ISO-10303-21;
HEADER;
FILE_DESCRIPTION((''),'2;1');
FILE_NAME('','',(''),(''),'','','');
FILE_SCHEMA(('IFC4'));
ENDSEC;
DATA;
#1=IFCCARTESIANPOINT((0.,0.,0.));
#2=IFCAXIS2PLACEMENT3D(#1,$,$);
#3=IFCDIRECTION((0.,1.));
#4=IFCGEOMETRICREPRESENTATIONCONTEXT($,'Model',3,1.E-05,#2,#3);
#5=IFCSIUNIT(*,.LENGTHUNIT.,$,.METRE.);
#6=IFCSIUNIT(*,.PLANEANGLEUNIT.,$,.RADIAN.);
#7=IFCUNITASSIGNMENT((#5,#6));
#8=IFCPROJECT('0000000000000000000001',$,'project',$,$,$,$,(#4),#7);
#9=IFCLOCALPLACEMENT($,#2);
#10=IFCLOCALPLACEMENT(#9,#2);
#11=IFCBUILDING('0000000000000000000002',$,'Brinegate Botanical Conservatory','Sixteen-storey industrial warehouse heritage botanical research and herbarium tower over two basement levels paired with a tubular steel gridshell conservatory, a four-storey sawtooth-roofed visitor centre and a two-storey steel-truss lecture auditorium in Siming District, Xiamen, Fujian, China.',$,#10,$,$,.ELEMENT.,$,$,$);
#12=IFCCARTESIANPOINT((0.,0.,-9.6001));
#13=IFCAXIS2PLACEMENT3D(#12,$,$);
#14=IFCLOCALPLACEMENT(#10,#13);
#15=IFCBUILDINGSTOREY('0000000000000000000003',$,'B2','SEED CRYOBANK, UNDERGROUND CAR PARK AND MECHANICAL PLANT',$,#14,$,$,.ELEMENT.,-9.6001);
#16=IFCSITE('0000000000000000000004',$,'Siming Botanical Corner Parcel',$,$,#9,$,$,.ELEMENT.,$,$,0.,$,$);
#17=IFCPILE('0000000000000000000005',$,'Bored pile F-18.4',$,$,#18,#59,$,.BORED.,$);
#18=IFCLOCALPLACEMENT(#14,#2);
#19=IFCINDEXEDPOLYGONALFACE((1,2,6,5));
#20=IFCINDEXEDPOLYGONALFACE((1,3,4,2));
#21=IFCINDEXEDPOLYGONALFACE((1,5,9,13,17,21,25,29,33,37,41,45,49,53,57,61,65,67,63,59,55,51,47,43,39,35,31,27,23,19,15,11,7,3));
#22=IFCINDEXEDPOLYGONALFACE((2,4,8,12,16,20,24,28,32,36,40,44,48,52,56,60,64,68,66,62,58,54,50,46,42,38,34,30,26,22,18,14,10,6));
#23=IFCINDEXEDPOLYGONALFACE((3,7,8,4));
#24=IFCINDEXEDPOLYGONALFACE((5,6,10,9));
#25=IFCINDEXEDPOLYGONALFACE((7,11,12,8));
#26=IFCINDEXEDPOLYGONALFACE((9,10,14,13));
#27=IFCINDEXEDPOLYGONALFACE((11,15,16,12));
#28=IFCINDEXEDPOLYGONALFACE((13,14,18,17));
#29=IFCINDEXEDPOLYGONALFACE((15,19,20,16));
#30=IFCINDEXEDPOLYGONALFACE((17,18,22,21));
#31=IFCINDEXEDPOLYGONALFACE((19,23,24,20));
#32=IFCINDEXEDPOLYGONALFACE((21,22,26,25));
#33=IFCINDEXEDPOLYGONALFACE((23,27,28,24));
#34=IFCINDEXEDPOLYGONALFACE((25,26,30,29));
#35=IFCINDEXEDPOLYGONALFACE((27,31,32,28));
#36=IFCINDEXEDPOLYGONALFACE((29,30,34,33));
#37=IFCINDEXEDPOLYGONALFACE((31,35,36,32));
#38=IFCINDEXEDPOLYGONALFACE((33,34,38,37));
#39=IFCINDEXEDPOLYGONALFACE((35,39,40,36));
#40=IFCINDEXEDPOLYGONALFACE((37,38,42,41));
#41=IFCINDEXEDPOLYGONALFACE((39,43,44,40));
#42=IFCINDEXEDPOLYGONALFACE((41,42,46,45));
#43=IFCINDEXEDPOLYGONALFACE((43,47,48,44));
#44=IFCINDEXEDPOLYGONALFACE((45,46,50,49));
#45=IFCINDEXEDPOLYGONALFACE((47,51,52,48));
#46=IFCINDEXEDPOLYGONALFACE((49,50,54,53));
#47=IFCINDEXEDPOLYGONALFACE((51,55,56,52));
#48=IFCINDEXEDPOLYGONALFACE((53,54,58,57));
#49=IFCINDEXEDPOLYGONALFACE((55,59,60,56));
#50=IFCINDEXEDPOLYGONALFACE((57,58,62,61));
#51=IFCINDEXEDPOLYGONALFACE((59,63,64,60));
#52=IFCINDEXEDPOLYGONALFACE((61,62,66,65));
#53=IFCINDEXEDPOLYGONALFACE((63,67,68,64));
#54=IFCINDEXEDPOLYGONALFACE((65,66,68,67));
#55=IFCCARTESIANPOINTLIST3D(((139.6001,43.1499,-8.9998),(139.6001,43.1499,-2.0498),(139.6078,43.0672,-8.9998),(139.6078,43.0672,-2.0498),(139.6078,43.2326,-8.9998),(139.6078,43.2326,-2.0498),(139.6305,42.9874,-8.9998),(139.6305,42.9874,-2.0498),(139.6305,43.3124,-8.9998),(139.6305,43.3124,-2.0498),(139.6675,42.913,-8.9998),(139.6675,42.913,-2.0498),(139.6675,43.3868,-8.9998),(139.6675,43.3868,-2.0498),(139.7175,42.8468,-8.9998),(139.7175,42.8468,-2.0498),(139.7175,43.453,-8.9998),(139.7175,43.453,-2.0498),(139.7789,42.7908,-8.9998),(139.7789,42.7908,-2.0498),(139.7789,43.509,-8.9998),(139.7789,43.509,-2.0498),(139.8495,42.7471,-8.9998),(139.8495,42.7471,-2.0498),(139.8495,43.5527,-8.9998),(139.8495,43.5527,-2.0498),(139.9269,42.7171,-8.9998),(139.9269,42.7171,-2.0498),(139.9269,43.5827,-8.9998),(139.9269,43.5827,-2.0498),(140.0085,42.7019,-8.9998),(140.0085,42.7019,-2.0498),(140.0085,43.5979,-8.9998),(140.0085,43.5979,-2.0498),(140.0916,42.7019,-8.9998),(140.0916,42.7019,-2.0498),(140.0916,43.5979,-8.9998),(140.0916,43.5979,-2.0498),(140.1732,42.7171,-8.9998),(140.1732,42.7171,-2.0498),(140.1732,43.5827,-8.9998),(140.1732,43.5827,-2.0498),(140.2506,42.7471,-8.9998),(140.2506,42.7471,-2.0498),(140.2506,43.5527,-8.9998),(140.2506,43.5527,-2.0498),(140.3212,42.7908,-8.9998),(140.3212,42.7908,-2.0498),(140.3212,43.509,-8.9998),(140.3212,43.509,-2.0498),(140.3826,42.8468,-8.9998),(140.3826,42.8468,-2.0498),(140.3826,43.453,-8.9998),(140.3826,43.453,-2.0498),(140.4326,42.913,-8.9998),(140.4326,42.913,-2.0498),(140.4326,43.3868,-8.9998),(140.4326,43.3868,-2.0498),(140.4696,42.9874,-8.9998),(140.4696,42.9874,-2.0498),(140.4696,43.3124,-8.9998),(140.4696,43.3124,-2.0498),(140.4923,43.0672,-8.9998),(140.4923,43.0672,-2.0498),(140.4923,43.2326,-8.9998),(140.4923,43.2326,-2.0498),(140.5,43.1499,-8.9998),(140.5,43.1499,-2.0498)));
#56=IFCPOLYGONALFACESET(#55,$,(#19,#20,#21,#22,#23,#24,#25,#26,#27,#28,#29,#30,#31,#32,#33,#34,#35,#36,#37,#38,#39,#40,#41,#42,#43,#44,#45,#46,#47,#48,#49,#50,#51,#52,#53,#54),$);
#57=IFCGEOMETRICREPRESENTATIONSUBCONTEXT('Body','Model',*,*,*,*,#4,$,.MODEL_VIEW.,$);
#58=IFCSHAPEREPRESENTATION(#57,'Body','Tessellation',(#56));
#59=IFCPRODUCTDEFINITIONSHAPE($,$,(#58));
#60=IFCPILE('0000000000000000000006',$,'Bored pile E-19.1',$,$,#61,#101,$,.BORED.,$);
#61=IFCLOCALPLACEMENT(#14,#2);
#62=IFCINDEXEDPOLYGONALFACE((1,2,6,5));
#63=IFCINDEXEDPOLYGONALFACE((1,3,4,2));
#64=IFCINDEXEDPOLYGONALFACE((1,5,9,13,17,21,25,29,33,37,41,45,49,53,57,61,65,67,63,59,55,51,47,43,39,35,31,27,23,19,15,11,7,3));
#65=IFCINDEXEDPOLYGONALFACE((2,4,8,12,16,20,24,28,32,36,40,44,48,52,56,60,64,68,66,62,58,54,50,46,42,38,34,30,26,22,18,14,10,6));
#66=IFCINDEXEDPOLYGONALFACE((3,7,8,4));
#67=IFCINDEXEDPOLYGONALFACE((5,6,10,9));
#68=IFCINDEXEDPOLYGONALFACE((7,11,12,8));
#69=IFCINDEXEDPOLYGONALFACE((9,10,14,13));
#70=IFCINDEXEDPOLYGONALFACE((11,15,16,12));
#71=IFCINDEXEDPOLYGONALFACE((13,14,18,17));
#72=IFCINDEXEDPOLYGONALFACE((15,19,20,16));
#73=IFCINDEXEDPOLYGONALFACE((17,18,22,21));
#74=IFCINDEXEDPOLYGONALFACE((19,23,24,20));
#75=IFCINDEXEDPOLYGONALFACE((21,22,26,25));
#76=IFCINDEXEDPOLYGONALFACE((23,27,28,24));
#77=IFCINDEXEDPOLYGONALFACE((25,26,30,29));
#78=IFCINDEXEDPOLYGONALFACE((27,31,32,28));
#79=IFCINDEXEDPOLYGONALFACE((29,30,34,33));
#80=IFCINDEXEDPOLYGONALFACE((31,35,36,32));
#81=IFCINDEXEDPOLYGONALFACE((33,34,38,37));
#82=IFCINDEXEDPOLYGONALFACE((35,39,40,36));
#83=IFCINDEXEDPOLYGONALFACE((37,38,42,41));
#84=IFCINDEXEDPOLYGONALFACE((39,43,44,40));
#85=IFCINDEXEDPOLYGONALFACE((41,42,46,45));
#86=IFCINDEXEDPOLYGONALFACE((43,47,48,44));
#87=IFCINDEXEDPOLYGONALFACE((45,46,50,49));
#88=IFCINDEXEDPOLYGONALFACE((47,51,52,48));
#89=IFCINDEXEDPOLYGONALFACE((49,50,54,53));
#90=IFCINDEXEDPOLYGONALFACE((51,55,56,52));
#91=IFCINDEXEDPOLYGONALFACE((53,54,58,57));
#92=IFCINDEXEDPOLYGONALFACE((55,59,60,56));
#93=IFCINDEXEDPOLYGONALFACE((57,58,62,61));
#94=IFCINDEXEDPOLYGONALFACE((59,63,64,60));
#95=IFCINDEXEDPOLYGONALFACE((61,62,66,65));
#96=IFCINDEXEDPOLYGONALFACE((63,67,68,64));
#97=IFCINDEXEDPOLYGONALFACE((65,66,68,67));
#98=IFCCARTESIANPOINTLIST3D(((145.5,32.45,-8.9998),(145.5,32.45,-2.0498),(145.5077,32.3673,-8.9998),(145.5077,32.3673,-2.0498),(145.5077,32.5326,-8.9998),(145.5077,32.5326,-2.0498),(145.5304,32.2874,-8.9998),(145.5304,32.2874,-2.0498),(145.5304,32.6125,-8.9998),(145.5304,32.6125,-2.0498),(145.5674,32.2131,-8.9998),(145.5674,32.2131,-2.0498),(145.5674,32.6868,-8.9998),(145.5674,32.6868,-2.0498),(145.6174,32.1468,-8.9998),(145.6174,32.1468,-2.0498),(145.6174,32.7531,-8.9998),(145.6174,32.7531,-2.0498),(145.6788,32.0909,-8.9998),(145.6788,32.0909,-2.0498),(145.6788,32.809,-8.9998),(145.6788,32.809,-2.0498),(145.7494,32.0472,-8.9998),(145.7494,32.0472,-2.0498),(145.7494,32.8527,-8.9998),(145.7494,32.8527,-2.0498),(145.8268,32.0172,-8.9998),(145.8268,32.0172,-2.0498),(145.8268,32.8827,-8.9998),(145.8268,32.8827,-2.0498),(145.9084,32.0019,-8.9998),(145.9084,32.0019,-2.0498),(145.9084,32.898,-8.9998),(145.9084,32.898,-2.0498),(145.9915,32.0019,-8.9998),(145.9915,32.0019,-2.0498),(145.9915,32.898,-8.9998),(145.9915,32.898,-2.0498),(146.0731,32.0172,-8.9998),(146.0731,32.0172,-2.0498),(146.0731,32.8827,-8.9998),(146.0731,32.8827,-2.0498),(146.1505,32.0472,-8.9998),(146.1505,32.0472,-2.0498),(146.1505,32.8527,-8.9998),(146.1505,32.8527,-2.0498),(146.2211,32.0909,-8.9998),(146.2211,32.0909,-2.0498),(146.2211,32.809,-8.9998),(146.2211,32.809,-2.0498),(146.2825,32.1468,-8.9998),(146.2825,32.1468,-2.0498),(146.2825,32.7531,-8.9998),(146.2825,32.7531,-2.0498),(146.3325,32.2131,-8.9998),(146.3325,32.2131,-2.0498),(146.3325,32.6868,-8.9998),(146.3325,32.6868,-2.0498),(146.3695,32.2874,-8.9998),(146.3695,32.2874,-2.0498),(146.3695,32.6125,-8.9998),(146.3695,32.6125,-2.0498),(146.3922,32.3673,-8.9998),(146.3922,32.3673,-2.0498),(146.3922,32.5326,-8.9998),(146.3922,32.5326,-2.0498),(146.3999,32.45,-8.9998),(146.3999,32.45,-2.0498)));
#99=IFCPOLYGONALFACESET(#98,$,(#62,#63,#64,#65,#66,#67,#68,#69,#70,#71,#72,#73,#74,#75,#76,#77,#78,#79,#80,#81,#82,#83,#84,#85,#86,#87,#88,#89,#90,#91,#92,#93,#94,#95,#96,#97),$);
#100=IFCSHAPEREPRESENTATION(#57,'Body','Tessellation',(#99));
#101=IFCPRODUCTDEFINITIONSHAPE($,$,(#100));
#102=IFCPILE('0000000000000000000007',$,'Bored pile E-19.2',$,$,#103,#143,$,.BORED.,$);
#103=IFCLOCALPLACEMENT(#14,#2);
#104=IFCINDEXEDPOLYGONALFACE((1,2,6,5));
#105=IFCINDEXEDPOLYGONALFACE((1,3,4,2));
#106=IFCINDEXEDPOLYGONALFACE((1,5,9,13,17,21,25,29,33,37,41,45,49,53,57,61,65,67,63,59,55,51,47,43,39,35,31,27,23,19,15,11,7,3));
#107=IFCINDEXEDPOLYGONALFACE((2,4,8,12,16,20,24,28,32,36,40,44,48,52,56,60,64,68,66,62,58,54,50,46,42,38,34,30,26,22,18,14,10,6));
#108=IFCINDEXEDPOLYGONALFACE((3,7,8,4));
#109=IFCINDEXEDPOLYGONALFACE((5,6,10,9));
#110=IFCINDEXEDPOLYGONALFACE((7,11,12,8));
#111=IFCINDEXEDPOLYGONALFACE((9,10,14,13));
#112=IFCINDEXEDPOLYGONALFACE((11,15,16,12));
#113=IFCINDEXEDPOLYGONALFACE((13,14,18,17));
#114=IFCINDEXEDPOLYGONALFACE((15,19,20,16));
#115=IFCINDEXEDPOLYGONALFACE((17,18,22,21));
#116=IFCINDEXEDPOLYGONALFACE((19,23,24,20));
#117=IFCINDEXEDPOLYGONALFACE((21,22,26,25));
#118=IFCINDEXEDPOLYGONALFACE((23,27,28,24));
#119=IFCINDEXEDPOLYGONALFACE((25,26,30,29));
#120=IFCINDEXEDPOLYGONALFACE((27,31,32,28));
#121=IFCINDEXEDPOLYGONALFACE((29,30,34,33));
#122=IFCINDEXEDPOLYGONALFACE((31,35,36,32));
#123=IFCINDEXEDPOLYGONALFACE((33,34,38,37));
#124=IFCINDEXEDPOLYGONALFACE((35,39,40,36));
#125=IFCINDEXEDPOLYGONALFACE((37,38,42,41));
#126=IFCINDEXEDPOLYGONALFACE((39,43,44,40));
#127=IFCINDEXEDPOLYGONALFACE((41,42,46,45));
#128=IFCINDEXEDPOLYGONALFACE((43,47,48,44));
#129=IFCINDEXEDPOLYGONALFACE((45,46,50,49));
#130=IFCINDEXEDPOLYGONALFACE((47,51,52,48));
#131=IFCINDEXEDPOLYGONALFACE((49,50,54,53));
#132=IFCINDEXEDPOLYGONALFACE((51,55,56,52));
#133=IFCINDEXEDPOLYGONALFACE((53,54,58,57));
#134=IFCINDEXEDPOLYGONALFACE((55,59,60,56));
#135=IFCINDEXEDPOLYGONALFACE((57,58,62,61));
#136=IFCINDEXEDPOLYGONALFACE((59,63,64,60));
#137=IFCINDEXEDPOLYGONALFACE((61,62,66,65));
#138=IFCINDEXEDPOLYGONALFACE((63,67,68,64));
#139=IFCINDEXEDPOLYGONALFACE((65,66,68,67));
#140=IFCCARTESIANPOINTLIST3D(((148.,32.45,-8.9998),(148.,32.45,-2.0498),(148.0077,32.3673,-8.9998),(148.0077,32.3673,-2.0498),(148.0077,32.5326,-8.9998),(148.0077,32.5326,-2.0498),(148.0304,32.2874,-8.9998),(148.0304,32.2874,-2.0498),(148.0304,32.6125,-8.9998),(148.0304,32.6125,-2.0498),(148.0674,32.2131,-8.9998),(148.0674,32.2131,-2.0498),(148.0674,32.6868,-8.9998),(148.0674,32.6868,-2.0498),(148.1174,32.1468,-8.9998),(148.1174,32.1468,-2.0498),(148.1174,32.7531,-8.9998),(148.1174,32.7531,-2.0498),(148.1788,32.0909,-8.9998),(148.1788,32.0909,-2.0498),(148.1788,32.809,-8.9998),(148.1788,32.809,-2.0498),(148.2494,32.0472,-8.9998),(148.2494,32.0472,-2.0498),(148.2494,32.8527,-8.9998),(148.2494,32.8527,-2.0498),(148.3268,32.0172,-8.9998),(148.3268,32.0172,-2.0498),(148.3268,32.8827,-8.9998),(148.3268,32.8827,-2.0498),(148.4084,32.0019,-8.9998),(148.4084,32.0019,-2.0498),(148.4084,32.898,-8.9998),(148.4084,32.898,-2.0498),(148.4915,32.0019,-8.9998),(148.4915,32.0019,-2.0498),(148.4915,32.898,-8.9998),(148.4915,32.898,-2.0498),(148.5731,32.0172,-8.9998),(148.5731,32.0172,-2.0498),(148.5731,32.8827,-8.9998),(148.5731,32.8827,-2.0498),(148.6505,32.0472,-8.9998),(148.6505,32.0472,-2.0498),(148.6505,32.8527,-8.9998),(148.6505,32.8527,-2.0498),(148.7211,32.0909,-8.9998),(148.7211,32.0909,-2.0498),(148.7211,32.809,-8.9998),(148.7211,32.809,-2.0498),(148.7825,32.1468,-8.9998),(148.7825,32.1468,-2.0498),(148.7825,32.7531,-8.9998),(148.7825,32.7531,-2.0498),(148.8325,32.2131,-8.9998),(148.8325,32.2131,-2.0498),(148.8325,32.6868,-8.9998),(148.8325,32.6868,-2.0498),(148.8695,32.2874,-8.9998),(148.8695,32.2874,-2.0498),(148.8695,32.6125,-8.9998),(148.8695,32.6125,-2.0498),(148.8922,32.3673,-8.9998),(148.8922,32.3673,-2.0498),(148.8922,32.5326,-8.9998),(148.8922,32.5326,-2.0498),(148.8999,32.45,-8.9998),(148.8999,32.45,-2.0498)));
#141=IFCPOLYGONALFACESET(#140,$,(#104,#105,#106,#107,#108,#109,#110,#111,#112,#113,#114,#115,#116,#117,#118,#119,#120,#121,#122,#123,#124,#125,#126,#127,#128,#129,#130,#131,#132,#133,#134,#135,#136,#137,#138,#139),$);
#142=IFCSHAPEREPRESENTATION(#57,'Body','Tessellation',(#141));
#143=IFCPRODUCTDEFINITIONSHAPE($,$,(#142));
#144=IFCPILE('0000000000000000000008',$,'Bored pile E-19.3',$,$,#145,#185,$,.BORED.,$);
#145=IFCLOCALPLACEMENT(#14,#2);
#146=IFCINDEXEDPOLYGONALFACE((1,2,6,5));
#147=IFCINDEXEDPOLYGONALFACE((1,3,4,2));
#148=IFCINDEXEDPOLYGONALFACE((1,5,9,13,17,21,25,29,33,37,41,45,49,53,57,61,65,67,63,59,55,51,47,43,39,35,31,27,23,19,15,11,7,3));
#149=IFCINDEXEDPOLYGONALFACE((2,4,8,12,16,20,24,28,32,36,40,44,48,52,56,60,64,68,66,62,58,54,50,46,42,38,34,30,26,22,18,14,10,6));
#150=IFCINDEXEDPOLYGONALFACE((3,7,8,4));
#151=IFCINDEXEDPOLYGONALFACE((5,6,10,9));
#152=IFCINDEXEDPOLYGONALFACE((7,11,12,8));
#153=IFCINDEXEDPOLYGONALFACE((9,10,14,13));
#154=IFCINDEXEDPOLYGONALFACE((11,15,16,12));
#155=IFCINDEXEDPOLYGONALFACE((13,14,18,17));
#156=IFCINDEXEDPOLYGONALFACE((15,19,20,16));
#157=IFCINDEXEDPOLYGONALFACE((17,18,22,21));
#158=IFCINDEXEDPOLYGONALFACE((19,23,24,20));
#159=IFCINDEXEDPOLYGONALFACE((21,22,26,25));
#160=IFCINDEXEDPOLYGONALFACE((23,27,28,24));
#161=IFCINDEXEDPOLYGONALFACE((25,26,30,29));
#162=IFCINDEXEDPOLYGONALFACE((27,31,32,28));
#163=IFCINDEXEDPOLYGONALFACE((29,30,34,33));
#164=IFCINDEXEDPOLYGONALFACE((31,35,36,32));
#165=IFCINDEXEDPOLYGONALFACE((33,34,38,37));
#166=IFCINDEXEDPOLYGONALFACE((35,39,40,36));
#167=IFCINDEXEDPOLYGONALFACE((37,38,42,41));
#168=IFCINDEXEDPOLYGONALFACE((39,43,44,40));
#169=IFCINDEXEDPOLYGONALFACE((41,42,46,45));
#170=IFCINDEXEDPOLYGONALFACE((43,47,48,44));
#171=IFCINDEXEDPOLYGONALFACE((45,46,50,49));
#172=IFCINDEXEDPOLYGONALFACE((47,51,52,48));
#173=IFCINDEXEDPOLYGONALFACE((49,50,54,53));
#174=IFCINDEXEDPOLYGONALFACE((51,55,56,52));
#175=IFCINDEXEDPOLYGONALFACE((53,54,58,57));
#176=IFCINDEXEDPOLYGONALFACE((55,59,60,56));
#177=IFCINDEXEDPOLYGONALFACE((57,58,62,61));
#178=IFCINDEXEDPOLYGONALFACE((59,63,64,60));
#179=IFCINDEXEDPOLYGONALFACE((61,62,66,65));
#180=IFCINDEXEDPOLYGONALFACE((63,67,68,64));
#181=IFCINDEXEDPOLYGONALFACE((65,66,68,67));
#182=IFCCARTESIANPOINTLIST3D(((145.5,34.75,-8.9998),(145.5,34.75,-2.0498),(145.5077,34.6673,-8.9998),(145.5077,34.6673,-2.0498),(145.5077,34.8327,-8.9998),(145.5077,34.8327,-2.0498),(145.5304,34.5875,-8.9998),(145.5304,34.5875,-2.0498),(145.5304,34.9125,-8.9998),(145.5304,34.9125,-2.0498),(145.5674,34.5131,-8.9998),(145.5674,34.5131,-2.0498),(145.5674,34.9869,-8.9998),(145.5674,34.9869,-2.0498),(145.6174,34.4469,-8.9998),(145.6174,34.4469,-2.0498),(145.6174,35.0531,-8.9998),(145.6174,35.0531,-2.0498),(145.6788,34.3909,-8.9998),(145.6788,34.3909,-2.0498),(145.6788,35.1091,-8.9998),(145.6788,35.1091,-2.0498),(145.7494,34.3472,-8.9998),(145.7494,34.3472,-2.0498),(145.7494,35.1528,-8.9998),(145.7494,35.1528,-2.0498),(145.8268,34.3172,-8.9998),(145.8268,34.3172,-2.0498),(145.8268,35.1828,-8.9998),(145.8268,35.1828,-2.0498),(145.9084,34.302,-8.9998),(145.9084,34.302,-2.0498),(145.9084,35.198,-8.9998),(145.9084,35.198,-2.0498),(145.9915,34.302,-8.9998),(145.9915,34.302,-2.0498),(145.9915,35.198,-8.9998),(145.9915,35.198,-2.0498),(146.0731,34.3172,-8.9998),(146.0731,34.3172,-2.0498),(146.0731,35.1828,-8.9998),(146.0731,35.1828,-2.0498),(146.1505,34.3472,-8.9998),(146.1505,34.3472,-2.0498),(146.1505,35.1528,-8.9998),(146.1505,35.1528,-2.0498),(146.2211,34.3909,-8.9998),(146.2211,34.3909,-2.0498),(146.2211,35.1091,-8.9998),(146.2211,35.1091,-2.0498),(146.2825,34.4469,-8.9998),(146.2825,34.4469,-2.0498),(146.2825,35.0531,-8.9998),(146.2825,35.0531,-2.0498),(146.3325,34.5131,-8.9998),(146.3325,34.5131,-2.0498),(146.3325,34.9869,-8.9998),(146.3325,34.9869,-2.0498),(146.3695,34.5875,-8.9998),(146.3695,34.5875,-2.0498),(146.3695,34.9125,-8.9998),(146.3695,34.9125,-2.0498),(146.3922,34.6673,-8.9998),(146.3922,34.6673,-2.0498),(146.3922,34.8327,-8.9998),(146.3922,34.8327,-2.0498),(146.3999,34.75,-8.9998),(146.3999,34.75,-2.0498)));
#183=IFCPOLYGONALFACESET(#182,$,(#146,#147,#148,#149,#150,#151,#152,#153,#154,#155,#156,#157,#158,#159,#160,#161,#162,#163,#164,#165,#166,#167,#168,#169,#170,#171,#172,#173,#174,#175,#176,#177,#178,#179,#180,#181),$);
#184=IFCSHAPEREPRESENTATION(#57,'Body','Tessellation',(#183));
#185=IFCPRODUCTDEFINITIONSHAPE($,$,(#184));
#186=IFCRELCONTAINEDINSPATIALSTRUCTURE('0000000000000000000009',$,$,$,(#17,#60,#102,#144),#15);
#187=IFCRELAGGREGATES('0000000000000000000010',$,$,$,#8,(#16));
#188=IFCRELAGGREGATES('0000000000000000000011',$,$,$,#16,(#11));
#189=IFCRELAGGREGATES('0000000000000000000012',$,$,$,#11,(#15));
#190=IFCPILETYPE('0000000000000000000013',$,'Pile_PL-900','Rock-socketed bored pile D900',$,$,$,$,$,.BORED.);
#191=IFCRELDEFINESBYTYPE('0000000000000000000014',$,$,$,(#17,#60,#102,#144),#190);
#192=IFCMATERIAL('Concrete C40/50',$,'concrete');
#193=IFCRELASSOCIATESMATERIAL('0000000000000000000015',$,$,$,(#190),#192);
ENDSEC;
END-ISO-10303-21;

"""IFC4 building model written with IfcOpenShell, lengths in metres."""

from ifc_helpers import new_model, si_unit, direction, frame, origin, origin_2d, place, context, subcontext, project, spatial, circle, extrude, material, material_profile, profile_set, type_object, element, save


model = new_model("IFC4")

# Units and contexts
model_context = context("Model", 3, precision=1e-05, world=origin(), true_north=direction((0.0, 1.0)))
body_context = subcontext(model_context, "Body", "Model", "MODEL_VIEW")
ifc_project = project(units=[si_unit("LENGTHUNIT", "METRE"), si_unit("PLANEANGLEUNIT", "RADIAN")], contexts=[model_context])

# Site, building, storey
site_placement = place(None, origin())
site = spatial("IfcSite", under=ifc_project, at=site_placement, Name="Siming Botanical Corner Parcel", CompositionType="ELEMENT", RefElevation=0.0)
building_placement = place(site_placement, origin())
building = spatial("IfcBuilding", under=site, at=building_placement, Name="Brinegate Botanical Conservatory", Description="Sixteen-storey industrial warehouse heritage botanical research and herbarium tower over two basement levels paired with a tubular steel gridshell conservatory, a four-storey sawtooth-roofed visitor centre and a two-storey steel-truss lecture auditorium in Siming District, Xiamen, Fujian, China.", CompositionType="ELEMENT")
storey_placement = place(building_placement, frame((0.0, 0.0, -9.6001)))
storey = spatial("IfcBuildingStorey", under=building, at=storey_placement, Name="B2", Description="SEED CRYOBANK, UNDERGROUND CAR PARK AND MECHANICAL PLANT", CompositionType="ELEMENT", Elevation=-9.6001)

# Shared definitions
ifc_material_1 = material(Name="Concrete C40/50", Category="concrete")

# Piles
ifc_material_profile_1 = material_profile(ifc_material_1, circle(Radius=0.45, at=origin_2d()), Name="PILE D900")
ifc_profile_set_1 = profile_set([ifc_material_profile_1], Name="Concrete C40/50")
pile_type = type_object("IfcPileType", Name="Pile_PL-900", Description="Rock-socketed bored pile D900", PredefinedType="BORED", material=ifc_profile_set_1)
for number, where, z_axis, x_axis, name in (
    (1, (140.05, 43.1499, -2.0498), (0.0, 0.0, -1.0), (1.0, 0.0, 0.0), "Bored pile F-18.4"),
    (2, (145.95, 32.45, -2.0498), (0.0, 0.0, -1.0), (1.0, 0.0, 0.0), "Bored pile E-19.1"),
    (3, (148.45, 32.45, -2.0498), (0.0, 0.0, -1.0), (1.0, 0.0, 0.0), "Bored pile E-19.2"),
    (4, (145.95, 34.75, -2.0498), (0.0, 0.0, -1.0), (1.0, 0.0, 0.0), "Bored pile E-19.3"),
):
    element("IfcPile", number, at=place(storey_placement, frame(where, z_axis=z_axis, x_axis=x_axis)), inside=storey, type_object=pile_type, Name=name, PredefinedType="BORED", context=body_context, shape_type="SweptSolid", body=[
        extrude(circle(Radius=0.45, at=origin_2d()), origin(), (0.0, 0.0, 1.0), 6.95),
    ])

save(model, "model.ifc")
